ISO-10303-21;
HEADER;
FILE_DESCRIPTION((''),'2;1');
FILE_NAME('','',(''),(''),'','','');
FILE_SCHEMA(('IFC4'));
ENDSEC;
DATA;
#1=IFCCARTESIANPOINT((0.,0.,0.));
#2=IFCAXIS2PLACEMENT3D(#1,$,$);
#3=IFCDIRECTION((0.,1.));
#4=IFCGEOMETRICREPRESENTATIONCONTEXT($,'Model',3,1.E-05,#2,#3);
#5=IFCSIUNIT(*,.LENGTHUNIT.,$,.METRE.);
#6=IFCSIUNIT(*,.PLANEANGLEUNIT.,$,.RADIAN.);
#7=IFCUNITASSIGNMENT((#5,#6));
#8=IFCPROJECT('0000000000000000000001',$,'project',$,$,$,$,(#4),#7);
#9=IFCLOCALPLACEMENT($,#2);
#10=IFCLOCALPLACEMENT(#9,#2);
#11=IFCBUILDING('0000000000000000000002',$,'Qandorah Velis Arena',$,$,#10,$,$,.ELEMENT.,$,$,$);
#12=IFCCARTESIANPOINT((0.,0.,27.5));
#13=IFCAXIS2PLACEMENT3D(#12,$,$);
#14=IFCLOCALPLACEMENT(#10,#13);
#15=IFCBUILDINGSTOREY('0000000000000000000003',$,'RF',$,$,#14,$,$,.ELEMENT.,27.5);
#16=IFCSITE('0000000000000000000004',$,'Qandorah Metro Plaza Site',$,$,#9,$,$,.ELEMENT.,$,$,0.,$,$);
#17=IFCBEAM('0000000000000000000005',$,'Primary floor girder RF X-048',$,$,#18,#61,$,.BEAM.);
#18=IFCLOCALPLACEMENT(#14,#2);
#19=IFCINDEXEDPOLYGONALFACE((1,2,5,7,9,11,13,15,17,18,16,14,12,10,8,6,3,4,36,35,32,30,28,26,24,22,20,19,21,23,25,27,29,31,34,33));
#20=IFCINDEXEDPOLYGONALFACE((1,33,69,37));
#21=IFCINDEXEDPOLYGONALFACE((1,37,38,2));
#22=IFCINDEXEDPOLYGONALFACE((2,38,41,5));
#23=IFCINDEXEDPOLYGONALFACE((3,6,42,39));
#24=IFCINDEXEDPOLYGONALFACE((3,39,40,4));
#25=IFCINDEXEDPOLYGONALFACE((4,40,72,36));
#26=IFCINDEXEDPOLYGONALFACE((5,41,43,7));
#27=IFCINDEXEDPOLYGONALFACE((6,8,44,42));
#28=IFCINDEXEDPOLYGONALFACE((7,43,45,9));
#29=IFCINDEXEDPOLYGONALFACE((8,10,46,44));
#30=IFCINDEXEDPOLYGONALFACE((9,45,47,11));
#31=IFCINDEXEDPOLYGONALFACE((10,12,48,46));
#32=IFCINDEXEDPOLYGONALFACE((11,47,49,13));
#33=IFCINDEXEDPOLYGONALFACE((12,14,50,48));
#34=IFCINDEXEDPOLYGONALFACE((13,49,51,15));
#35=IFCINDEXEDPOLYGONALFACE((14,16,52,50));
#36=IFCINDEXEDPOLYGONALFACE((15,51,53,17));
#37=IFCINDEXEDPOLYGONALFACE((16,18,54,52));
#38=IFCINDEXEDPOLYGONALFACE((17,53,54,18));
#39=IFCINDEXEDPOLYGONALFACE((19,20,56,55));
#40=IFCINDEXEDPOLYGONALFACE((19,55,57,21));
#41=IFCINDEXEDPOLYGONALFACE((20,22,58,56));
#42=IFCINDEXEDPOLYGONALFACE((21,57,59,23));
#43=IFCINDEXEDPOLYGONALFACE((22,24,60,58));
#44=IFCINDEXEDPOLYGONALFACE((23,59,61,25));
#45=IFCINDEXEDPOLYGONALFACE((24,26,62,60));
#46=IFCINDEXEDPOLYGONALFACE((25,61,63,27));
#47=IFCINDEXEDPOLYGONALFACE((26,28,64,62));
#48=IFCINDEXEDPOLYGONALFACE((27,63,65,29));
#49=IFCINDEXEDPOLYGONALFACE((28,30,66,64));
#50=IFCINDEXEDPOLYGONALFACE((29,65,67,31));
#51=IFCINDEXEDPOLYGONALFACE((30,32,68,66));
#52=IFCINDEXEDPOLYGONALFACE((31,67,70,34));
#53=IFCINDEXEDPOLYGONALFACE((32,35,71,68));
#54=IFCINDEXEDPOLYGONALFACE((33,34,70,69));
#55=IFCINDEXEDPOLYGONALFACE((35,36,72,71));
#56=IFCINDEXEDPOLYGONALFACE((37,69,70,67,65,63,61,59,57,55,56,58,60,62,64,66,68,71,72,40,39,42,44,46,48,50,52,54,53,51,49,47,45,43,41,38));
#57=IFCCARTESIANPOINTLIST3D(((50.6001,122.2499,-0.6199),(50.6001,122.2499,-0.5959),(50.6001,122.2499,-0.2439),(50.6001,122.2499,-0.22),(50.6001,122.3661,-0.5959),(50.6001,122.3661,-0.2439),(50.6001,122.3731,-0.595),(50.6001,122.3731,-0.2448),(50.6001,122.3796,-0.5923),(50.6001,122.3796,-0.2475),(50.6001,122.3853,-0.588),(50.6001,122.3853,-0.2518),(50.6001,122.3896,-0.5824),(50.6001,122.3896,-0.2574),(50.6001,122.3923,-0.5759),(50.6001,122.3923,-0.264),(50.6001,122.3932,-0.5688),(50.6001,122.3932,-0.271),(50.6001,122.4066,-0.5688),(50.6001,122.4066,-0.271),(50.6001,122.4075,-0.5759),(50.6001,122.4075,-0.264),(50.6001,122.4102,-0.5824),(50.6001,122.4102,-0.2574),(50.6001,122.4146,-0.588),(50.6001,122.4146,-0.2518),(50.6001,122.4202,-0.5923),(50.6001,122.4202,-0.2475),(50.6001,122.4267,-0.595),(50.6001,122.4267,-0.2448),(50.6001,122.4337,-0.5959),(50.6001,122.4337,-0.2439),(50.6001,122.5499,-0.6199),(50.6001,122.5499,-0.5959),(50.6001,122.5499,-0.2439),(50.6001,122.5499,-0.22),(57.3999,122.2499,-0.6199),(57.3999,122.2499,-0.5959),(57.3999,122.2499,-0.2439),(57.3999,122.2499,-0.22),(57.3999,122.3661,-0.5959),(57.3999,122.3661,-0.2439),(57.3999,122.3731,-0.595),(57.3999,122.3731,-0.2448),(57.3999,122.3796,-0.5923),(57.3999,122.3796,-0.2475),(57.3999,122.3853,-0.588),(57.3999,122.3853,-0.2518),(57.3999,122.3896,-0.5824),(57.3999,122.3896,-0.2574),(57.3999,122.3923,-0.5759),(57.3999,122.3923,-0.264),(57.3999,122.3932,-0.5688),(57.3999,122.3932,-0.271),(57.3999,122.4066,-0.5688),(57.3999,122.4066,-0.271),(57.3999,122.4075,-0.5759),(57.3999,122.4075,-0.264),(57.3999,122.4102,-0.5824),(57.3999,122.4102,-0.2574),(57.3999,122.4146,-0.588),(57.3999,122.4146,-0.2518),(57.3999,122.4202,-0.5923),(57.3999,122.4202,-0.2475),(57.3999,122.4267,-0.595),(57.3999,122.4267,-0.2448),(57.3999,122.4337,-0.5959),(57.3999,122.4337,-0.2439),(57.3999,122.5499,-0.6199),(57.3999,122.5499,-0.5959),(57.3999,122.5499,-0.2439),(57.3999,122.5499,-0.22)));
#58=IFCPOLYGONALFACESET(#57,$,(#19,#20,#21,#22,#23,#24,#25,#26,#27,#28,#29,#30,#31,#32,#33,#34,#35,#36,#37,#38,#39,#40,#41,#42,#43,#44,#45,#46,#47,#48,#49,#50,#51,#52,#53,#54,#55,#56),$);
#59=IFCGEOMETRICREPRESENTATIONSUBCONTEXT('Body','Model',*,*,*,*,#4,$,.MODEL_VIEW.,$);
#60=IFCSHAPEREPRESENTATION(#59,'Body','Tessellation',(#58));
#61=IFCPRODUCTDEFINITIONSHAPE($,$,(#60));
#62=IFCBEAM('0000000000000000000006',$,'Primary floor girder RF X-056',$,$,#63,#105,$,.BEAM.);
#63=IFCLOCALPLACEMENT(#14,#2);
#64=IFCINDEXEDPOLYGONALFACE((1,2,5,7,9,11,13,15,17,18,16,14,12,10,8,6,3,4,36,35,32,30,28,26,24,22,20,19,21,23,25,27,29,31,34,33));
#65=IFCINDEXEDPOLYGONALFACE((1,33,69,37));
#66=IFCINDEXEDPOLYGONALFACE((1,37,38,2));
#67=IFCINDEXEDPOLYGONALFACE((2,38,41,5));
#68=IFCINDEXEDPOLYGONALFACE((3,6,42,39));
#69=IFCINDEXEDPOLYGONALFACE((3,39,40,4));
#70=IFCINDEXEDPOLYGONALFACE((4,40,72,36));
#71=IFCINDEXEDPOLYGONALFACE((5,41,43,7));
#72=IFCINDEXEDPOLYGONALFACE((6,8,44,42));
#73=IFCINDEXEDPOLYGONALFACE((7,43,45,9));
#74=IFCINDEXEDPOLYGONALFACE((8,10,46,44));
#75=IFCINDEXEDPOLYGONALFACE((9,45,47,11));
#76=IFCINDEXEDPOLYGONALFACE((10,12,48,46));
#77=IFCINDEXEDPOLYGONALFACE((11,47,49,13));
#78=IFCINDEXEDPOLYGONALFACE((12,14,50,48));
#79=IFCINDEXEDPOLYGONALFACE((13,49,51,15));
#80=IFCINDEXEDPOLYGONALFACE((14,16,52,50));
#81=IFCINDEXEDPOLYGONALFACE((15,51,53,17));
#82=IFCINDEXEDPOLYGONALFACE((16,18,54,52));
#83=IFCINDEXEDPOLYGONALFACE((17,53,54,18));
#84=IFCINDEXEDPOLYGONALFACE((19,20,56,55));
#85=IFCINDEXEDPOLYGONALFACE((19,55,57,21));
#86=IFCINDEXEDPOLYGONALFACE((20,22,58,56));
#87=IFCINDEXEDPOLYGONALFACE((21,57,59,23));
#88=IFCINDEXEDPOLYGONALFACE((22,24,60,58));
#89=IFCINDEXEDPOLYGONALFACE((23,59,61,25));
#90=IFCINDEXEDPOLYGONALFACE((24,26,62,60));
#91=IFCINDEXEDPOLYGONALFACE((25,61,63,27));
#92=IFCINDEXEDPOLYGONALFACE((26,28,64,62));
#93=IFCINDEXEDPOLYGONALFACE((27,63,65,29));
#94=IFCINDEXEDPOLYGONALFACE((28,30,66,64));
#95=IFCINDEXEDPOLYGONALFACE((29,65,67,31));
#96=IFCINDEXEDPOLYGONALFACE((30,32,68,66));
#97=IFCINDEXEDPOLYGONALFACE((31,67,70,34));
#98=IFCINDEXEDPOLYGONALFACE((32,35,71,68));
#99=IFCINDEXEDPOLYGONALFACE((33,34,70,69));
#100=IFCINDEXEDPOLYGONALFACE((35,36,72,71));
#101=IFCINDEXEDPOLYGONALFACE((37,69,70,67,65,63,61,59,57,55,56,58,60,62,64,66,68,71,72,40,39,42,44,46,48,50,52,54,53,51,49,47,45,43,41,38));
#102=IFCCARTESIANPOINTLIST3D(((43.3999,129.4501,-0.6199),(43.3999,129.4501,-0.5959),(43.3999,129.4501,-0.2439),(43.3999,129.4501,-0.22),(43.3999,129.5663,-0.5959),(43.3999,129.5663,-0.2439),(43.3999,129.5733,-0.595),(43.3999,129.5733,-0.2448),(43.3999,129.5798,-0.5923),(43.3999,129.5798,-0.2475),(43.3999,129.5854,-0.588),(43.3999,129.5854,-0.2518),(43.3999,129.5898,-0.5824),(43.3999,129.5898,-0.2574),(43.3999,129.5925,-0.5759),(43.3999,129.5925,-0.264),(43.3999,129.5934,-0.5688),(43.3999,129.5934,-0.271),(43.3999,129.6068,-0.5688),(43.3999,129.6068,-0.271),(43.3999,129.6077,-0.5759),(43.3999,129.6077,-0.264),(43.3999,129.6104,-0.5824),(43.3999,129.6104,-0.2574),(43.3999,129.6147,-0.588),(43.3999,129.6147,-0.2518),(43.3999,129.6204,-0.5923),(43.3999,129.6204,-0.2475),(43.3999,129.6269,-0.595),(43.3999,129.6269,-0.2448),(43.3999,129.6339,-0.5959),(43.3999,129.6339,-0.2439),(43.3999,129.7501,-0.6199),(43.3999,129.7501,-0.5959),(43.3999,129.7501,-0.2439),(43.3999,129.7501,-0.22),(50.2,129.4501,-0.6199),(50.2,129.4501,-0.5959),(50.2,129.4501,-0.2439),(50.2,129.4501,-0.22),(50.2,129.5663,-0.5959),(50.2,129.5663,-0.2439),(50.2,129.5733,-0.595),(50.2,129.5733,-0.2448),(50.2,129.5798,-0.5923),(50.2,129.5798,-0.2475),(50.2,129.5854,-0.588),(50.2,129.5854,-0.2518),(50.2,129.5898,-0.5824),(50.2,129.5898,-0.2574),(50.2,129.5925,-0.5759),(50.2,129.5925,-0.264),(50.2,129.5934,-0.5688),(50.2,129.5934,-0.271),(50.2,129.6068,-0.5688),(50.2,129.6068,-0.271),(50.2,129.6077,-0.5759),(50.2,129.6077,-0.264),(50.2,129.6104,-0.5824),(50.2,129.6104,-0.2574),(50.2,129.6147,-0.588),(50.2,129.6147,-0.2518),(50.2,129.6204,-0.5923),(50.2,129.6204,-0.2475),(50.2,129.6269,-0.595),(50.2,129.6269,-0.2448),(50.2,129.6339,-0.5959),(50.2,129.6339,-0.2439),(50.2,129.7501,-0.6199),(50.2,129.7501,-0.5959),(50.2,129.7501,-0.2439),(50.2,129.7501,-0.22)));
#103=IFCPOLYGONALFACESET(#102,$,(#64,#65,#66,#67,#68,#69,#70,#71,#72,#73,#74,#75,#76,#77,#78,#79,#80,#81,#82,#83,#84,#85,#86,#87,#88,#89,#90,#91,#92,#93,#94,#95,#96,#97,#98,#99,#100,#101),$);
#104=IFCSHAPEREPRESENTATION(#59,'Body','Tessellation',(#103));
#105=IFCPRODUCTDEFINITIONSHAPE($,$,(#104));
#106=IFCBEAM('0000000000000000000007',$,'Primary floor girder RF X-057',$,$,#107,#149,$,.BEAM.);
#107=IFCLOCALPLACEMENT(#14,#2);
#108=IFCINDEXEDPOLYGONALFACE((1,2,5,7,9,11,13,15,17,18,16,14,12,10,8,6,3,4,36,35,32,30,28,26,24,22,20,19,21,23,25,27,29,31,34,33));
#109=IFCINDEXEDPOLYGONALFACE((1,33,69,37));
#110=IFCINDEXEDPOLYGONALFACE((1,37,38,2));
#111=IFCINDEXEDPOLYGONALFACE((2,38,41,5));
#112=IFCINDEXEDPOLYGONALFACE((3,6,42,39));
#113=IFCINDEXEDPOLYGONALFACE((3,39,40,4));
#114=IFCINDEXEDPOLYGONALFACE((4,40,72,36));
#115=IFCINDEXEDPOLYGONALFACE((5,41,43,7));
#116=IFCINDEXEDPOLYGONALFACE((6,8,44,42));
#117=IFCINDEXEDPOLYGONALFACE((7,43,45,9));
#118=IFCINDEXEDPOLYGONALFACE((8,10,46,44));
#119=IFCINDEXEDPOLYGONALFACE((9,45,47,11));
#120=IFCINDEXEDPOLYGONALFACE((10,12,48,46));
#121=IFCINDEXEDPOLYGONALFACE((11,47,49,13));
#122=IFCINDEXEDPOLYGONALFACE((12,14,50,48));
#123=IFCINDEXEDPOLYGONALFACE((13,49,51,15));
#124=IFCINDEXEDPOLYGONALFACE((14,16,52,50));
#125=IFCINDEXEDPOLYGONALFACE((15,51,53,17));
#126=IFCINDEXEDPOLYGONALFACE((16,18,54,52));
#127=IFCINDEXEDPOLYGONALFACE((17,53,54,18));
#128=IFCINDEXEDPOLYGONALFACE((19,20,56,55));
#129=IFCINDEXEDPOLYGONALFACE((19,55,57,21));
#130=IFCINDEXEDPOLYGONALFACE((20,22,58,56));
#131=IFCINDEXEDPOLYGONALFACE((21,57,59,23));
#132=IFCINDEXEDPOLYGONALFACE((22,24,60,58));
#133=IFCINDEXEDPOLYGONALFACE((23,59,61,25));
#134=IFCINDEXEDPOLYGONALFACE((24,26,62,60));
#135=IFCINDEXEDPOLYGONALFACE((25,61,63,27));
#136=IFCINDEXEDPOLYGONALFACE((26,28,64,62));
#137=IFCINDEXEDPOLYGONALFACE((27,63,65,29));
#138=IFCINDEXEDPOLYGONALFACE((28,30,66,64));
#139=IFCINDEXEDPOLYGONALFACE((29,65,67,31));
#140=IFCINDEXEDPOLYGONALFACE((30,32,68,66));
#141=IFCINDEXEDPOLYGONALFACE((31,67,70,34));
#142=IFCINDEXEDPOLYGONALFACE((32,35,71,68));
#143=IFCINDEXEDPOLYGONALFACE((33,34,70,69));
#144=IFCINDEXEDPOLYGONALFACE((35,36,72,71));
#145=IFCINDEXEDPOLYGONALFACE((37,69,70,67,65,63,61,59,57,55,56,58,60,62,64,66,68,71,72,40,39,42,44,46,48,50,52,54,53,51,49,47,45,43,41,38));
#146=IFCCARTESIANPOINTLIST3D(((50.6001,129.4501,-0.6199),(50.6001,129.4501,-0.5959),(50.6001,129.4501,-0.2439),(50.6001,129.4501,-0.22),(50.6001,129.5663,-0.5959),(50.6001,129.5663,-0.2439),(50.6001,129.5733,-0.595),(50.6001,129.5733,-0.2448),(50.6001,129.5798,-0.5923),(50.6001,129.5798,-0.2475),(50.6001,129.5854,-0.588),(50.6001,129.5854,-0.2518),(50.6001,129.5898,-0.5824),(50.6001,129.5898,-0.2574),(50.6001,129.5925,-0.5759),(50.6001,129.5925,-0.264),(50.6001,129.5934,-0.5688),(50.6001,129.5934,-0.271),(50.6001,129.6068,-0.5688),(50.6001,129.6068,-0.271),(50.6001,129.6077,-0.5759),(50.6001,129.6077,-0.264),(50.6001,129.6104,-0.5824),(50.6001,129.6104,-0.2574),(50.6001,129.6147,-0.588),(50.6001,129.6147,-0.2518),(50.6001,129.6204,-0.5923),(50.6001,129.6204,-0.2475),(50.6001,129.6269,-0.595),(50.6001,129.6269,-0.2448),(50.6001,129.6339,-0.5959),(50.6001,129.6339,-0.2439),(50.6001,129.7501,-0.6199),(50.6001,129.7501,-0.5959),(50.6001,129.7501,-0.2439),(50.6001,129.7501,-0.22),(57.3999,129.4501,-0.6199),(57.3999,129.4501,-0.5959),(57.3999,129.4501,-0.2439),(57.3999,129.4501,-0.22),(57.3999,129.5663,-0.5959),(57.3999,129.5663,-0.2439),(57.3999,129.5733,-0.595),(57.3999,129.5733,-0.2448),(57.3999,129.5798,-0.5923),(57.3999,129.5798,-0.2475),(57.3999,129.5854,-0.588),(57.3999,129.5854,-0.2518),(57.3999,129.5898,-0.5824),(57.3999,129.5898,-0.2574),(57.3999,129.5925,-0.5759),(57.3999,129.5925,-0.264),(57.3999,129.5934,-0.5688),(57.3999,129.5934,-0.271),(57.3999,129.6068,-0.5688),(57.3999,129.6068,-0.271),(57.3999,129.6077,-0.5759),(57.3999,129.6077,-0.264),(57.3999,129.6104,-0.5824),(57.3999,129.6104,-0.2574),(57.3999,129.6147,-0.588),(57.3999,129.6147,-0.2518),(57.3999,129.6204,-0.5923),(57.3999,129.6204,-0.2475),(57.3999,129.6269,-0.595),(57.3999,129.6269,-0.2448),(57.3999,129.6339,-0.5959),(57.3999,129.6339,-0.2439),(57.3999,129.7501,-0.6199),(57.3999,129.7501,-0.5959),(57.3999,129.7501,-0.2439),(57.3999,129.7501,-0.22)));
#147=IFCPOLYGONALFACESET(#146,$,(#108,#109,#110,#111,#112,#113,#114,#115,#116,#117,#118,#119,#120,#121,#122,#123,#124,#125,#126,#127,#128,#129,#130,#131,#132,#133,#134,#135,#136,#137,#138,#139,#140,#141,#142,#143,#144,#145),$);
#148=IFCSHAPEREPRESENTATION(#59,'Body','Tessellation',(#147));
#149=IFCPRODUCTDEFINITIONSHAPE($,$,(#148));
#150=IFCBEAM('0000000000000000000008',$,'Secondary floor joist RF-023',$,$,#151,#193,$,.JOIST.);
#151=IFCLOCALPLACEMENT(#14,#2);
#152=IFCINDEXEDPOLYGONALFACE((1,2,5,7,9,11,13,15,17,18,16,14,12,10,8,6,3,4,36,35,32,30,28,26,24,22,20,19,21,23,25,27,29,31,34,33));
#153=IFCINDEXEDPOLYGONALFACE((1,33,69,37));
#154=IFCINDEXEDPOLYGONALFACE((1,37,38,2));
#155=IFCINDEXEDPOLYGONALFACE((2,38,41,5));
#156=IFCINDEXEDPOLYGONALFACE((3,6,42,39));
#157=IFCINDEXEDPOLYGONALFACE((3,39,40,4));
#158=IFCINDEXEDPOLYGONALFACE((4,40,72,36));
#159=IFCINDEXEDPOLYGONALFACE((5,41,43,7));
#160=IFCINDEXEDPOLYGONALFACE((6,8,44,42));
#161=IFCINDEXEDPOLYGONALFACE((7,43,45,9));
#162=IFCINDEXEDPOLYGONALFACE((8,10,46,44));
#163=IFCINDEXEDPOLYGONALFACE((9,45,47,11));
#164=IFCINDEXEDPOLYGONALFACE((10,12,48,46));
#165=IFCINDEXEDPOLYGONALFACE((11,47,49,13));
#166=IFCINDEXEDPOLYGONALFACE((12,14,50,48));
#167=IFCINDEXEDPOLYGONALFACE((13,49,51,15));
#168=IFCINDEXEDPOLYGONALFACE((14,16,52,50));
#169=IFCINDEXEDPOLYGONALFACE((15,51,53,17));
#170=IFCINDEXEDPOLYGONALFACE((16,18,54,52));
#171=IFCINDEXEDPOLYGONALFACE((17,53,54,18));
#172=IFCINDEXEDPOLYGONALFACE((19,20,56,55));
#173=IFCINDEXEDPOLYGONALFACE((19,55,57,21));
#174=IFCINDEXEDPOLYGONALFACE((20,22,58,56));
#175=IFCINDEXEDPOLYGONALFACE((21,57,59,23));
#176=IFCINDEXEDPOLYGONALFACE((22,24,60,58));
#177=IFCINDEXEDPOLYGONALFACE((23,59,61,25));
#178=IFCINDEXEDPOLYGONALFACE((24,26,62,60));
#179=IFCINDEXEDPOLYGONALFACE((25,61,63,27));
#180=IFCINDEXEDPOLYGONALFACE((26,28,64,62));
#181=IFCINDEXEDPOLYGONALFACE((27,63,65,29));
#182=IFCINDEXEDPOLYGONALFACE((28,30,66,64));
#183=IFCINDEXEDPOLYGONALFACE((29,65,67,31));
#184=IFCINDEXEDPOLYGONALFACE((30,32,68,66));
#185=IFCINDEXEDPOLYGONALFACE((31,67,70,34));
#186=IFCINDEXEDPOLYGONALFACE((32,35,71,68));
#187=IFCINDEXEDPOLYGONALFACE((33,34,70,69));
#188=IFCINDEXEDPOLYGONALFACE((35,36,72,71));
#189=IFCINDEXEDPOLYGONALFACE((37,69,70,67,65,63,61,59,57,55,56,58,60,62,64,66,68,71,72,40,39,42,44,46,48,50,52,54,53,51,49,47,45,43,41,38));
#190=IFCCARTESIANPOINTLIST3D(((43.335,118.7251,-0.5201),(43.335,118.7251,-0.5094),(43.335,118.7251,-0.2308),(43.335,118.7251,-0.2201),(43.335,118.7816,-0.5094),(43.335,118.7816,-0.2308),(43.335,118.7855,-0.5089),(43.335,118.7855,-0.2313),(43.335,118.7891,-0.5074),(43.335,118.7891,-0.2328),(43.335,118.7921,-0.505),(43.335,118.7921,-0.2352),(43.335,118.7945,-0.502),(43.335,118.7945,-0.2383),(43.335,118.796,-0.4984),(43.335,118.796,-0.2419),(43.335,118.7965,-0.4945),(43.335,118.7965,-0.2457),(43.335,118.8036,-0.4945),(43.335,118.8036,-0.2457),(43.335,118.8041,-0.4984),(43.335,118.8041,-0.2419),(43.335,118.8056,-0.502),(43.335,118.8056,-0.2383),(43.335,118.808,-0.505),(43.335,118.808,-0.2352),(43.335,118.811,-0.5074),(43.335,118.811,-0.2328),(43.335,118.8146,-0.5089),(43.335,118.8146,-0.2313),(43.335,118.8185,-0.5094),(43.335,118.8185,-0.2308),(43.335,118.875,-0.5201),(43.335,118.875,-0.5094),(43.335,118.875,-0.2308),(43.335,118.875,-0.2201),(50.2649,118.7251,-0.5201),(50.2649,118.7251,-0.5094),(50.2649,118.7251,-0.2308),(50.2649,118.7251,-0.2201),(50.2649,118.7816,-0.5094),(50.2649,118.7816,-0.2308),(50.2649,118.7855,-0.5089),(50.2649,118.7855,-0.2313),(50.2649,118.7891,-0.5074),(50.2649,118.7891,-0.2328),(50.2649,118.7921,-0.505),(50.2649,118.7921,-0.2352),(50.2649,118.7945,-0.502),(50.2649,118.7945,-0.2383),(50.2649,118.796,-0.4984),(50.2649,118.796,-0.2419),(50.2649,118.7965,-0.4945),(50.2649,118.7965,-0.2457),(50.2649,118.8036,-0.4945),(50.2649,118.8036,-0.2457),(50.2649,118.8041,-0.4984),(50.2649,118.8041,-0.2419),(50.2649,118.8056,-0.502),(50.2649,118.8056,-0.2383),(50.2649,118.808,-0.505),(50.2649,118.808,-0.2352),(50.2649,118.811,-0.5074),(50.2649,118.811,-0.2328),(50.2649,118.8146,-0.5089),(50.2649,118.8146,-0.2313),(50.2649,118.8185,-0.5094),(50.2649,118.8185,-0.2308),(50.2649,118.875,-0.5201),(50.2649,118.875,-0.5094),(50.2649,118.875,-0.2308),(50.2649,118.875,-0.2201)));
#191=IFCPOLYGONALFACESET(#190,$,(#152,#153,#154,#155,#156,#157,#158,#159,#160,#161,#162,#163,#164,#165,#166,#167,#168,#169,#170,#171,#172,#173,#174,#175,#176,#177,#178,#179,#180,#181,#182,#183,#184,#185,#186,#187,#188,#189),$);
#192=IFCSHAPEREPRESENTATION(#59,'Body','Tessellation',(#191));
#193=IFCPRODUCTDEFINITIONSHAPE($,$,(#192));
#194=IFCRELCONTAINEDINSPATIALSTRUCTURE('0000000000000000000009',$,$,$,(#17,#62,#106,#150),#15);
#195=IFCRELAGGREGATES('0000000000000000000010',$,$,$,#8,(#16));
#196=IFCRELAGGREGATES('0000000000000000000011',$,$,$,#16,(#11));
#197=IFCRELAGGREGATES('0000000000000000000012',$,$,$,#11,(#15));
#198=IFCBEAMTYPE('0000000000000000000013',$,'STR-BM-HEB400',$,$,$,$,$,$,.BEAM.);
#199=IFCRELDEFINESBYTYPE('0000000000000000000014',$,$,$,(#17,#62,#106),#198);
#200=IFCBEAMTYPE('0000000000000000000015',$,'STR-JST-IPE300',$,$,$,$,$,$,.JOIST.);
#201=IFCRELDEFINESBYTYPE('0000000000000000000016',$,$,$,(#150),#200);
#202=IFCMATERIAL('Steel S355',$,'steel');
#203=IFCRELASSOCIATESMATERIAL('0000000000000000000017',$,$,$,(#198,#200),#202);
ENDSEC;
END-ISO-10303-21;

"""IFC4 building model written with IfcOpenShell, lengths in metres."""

from ifc_helpers import new_model, si_unit, direction, frame, origin, origin_2d, place, context, subcontext, project, spatial, i_section, extrude, material, material_profile, profile_set, type_object, element, save


model = new_model("IFC4")

# Units and contexts
model_context = context("Model", 3, precision=1e-05, world=origin(), true_north=direction((0.0, 1.0)))
body_context = subcontext(model_context, "Body", "Model", "MODEL_VIEW")
ifc_project = project(units=[si_unit("LENGTHUNIT", "METRE"), si_unit("PLANEANGLEUNIT", "RADIAN")], contexts=[model_context])

# Site, building, storey
site_placement = place(None, origin())
site = spatial("IfcSite", under=ifc_project, at=site_placement, Name="Qandorah Metro Plaza Site", CompositionType="ELEMENT", RefElevation=0.0)
building_placement = place(site_placement, origin())
building = spatial("IfcBuilding", under=site, at=building_placement, Name="Qandorah Velis Arena", CompositionType="ELEMENT")
storey_placement = place(building_placement, frame((0.0, 0.0, 27.5)))
storey = spatial("IfcBuildingStorey", under=building, at=storey_placement, Name="RF", CompositionType="ELEMENT", Elevation=27.5)

# Beams
ifc_material_1 = material(Name="Steel S355", Category="steel")
ifc_material_profile_1 = material_profile(ifc_material_1, i_section(OverallWidth=0.3, OverallDepth=0.3999, WebThickness=0.0134, FlangeThickness=0.0239, FilletRadius=0.0271, at=origin_2d()), Name="HEB 400")
ifc_profile_set_1 = profile_set([ifc_material_profile_1], Name="Steel S355")
beam_type_1 = type_object("IfcBeamType", Name="STR-BM-HEB400", PredefinedType="BEAM", material=ifc_profile_set_1)
beam_1_placement = place(storey_placement, frame((50.6001, 122.3999, -0.4199), z_axis=(1.0, 0.0, 0.0), x_axis=(0.0, 1.0, 0.0)))
element("IfcBeam", 1, at=beam_1_placement, inside=storey, type_object=beam_type_1, Name="Primary floor girder RF X-048", PredefinedType="BEAM", context=body_context, shape_type="SweptSolid", body=[
    extrude(i_section(OverallWidth=0.3, OverallDepth=0.3999, WebThickness=0.0134, FlangeThickness=0.0239, FilletRadius=0.0271, at=origin_2d()), origin(), (0.0, 0.0, 1.0), 6.7998),
])
beam_2_placement = place(storey_placement, frame((43.3999, 129.6001, -0.4199), z_axis=(1.0, 0.0, 0.0), x_axis=(0.0, 1.0, 0.0)))
element("IfcBeam", 2, at=beam_2_placement, inside=storey, type_object=beam_type_1, Name="Primary floor girder RF X-056", PredefinedType="BEAM", context=body_context, shape_type="SweptSolid", body=[
    extrude(i_section(OverallWidth=0.3, OverallDepth=0.3999, WebThickness=0.0134, FlangeThickness=0.0239, FilletRadius=0.0271, at=origin_2d()), origin(), (0.0, 0.0, 1.0), 6.8),
])
beam_3_placement = place(storey_placement, frame((50.6001, 129.6001, -0.4199), z_axis=(1.0, 0.0, 0.0), x_axis=(0.0, 1.0, 0.0)))
element("IfcBeam", 3, at=beam_3_placement, inside=storey, type_object=beam_type_1, Name="Primary floor girder RF X-057", PredefinedType="BEAM", context=body_context, shape_type="SweptSolid", body=[
    extrude(i_section(OverallWidth=0.3, OverallDepth=0.3999, WebThickness=0.0134, FlangeThickness=0.0239, FilletRadius=0.0271, at=origin_2d()), origin(), (0.0, 0.0, 1.0), 6.7998),
])
ifc_material_profile_2 = material_profile(ifc_material_1, i_section(OverallWidth=0.1499, OverallDepth=0.3, WebThickness=0.0071, FlangeThickness=0.0107, FilletRadius=0.0149, at=origin_2d()), Name="IPE 300")
ifc_profile_set_2 = profile_set([ifc_material_profile_2], Name="Steel S355")
beam_type_2 = type_object("IfcBeamType", Name="STR-JST-IPE300", PredefinedType="JOIST", material=ifc_profile_set_2)
for number, where, z_axis, x_axis, name in (
    (4, (43.335, 118.8, -0.3701), (1.0, 0.0, 0.0), (0.0, 1.0, 0.0), "Secondary floor joist RF-023"),
):
    element("IfcBeam", number, at=place(storey_placement, frame(where, z_axis=z_axis, x_axis=x_axis)), inside=storey, type_object=beam_type_2, Name=name, PredefinedType="JOIST", context=body_context, shape_type="SweptSolid", body=[
        extrude(i_section(OverallWidth=0.1499, OverallDepth=0.3, WebThickness=0.0071, FlangeThickness=0.0107, FilletRadius=0.0149, at=origin_2d()), origin(), (0.0, 0.0, 1.0), 6.9299),
    ])

save(model, "model.ifc")
